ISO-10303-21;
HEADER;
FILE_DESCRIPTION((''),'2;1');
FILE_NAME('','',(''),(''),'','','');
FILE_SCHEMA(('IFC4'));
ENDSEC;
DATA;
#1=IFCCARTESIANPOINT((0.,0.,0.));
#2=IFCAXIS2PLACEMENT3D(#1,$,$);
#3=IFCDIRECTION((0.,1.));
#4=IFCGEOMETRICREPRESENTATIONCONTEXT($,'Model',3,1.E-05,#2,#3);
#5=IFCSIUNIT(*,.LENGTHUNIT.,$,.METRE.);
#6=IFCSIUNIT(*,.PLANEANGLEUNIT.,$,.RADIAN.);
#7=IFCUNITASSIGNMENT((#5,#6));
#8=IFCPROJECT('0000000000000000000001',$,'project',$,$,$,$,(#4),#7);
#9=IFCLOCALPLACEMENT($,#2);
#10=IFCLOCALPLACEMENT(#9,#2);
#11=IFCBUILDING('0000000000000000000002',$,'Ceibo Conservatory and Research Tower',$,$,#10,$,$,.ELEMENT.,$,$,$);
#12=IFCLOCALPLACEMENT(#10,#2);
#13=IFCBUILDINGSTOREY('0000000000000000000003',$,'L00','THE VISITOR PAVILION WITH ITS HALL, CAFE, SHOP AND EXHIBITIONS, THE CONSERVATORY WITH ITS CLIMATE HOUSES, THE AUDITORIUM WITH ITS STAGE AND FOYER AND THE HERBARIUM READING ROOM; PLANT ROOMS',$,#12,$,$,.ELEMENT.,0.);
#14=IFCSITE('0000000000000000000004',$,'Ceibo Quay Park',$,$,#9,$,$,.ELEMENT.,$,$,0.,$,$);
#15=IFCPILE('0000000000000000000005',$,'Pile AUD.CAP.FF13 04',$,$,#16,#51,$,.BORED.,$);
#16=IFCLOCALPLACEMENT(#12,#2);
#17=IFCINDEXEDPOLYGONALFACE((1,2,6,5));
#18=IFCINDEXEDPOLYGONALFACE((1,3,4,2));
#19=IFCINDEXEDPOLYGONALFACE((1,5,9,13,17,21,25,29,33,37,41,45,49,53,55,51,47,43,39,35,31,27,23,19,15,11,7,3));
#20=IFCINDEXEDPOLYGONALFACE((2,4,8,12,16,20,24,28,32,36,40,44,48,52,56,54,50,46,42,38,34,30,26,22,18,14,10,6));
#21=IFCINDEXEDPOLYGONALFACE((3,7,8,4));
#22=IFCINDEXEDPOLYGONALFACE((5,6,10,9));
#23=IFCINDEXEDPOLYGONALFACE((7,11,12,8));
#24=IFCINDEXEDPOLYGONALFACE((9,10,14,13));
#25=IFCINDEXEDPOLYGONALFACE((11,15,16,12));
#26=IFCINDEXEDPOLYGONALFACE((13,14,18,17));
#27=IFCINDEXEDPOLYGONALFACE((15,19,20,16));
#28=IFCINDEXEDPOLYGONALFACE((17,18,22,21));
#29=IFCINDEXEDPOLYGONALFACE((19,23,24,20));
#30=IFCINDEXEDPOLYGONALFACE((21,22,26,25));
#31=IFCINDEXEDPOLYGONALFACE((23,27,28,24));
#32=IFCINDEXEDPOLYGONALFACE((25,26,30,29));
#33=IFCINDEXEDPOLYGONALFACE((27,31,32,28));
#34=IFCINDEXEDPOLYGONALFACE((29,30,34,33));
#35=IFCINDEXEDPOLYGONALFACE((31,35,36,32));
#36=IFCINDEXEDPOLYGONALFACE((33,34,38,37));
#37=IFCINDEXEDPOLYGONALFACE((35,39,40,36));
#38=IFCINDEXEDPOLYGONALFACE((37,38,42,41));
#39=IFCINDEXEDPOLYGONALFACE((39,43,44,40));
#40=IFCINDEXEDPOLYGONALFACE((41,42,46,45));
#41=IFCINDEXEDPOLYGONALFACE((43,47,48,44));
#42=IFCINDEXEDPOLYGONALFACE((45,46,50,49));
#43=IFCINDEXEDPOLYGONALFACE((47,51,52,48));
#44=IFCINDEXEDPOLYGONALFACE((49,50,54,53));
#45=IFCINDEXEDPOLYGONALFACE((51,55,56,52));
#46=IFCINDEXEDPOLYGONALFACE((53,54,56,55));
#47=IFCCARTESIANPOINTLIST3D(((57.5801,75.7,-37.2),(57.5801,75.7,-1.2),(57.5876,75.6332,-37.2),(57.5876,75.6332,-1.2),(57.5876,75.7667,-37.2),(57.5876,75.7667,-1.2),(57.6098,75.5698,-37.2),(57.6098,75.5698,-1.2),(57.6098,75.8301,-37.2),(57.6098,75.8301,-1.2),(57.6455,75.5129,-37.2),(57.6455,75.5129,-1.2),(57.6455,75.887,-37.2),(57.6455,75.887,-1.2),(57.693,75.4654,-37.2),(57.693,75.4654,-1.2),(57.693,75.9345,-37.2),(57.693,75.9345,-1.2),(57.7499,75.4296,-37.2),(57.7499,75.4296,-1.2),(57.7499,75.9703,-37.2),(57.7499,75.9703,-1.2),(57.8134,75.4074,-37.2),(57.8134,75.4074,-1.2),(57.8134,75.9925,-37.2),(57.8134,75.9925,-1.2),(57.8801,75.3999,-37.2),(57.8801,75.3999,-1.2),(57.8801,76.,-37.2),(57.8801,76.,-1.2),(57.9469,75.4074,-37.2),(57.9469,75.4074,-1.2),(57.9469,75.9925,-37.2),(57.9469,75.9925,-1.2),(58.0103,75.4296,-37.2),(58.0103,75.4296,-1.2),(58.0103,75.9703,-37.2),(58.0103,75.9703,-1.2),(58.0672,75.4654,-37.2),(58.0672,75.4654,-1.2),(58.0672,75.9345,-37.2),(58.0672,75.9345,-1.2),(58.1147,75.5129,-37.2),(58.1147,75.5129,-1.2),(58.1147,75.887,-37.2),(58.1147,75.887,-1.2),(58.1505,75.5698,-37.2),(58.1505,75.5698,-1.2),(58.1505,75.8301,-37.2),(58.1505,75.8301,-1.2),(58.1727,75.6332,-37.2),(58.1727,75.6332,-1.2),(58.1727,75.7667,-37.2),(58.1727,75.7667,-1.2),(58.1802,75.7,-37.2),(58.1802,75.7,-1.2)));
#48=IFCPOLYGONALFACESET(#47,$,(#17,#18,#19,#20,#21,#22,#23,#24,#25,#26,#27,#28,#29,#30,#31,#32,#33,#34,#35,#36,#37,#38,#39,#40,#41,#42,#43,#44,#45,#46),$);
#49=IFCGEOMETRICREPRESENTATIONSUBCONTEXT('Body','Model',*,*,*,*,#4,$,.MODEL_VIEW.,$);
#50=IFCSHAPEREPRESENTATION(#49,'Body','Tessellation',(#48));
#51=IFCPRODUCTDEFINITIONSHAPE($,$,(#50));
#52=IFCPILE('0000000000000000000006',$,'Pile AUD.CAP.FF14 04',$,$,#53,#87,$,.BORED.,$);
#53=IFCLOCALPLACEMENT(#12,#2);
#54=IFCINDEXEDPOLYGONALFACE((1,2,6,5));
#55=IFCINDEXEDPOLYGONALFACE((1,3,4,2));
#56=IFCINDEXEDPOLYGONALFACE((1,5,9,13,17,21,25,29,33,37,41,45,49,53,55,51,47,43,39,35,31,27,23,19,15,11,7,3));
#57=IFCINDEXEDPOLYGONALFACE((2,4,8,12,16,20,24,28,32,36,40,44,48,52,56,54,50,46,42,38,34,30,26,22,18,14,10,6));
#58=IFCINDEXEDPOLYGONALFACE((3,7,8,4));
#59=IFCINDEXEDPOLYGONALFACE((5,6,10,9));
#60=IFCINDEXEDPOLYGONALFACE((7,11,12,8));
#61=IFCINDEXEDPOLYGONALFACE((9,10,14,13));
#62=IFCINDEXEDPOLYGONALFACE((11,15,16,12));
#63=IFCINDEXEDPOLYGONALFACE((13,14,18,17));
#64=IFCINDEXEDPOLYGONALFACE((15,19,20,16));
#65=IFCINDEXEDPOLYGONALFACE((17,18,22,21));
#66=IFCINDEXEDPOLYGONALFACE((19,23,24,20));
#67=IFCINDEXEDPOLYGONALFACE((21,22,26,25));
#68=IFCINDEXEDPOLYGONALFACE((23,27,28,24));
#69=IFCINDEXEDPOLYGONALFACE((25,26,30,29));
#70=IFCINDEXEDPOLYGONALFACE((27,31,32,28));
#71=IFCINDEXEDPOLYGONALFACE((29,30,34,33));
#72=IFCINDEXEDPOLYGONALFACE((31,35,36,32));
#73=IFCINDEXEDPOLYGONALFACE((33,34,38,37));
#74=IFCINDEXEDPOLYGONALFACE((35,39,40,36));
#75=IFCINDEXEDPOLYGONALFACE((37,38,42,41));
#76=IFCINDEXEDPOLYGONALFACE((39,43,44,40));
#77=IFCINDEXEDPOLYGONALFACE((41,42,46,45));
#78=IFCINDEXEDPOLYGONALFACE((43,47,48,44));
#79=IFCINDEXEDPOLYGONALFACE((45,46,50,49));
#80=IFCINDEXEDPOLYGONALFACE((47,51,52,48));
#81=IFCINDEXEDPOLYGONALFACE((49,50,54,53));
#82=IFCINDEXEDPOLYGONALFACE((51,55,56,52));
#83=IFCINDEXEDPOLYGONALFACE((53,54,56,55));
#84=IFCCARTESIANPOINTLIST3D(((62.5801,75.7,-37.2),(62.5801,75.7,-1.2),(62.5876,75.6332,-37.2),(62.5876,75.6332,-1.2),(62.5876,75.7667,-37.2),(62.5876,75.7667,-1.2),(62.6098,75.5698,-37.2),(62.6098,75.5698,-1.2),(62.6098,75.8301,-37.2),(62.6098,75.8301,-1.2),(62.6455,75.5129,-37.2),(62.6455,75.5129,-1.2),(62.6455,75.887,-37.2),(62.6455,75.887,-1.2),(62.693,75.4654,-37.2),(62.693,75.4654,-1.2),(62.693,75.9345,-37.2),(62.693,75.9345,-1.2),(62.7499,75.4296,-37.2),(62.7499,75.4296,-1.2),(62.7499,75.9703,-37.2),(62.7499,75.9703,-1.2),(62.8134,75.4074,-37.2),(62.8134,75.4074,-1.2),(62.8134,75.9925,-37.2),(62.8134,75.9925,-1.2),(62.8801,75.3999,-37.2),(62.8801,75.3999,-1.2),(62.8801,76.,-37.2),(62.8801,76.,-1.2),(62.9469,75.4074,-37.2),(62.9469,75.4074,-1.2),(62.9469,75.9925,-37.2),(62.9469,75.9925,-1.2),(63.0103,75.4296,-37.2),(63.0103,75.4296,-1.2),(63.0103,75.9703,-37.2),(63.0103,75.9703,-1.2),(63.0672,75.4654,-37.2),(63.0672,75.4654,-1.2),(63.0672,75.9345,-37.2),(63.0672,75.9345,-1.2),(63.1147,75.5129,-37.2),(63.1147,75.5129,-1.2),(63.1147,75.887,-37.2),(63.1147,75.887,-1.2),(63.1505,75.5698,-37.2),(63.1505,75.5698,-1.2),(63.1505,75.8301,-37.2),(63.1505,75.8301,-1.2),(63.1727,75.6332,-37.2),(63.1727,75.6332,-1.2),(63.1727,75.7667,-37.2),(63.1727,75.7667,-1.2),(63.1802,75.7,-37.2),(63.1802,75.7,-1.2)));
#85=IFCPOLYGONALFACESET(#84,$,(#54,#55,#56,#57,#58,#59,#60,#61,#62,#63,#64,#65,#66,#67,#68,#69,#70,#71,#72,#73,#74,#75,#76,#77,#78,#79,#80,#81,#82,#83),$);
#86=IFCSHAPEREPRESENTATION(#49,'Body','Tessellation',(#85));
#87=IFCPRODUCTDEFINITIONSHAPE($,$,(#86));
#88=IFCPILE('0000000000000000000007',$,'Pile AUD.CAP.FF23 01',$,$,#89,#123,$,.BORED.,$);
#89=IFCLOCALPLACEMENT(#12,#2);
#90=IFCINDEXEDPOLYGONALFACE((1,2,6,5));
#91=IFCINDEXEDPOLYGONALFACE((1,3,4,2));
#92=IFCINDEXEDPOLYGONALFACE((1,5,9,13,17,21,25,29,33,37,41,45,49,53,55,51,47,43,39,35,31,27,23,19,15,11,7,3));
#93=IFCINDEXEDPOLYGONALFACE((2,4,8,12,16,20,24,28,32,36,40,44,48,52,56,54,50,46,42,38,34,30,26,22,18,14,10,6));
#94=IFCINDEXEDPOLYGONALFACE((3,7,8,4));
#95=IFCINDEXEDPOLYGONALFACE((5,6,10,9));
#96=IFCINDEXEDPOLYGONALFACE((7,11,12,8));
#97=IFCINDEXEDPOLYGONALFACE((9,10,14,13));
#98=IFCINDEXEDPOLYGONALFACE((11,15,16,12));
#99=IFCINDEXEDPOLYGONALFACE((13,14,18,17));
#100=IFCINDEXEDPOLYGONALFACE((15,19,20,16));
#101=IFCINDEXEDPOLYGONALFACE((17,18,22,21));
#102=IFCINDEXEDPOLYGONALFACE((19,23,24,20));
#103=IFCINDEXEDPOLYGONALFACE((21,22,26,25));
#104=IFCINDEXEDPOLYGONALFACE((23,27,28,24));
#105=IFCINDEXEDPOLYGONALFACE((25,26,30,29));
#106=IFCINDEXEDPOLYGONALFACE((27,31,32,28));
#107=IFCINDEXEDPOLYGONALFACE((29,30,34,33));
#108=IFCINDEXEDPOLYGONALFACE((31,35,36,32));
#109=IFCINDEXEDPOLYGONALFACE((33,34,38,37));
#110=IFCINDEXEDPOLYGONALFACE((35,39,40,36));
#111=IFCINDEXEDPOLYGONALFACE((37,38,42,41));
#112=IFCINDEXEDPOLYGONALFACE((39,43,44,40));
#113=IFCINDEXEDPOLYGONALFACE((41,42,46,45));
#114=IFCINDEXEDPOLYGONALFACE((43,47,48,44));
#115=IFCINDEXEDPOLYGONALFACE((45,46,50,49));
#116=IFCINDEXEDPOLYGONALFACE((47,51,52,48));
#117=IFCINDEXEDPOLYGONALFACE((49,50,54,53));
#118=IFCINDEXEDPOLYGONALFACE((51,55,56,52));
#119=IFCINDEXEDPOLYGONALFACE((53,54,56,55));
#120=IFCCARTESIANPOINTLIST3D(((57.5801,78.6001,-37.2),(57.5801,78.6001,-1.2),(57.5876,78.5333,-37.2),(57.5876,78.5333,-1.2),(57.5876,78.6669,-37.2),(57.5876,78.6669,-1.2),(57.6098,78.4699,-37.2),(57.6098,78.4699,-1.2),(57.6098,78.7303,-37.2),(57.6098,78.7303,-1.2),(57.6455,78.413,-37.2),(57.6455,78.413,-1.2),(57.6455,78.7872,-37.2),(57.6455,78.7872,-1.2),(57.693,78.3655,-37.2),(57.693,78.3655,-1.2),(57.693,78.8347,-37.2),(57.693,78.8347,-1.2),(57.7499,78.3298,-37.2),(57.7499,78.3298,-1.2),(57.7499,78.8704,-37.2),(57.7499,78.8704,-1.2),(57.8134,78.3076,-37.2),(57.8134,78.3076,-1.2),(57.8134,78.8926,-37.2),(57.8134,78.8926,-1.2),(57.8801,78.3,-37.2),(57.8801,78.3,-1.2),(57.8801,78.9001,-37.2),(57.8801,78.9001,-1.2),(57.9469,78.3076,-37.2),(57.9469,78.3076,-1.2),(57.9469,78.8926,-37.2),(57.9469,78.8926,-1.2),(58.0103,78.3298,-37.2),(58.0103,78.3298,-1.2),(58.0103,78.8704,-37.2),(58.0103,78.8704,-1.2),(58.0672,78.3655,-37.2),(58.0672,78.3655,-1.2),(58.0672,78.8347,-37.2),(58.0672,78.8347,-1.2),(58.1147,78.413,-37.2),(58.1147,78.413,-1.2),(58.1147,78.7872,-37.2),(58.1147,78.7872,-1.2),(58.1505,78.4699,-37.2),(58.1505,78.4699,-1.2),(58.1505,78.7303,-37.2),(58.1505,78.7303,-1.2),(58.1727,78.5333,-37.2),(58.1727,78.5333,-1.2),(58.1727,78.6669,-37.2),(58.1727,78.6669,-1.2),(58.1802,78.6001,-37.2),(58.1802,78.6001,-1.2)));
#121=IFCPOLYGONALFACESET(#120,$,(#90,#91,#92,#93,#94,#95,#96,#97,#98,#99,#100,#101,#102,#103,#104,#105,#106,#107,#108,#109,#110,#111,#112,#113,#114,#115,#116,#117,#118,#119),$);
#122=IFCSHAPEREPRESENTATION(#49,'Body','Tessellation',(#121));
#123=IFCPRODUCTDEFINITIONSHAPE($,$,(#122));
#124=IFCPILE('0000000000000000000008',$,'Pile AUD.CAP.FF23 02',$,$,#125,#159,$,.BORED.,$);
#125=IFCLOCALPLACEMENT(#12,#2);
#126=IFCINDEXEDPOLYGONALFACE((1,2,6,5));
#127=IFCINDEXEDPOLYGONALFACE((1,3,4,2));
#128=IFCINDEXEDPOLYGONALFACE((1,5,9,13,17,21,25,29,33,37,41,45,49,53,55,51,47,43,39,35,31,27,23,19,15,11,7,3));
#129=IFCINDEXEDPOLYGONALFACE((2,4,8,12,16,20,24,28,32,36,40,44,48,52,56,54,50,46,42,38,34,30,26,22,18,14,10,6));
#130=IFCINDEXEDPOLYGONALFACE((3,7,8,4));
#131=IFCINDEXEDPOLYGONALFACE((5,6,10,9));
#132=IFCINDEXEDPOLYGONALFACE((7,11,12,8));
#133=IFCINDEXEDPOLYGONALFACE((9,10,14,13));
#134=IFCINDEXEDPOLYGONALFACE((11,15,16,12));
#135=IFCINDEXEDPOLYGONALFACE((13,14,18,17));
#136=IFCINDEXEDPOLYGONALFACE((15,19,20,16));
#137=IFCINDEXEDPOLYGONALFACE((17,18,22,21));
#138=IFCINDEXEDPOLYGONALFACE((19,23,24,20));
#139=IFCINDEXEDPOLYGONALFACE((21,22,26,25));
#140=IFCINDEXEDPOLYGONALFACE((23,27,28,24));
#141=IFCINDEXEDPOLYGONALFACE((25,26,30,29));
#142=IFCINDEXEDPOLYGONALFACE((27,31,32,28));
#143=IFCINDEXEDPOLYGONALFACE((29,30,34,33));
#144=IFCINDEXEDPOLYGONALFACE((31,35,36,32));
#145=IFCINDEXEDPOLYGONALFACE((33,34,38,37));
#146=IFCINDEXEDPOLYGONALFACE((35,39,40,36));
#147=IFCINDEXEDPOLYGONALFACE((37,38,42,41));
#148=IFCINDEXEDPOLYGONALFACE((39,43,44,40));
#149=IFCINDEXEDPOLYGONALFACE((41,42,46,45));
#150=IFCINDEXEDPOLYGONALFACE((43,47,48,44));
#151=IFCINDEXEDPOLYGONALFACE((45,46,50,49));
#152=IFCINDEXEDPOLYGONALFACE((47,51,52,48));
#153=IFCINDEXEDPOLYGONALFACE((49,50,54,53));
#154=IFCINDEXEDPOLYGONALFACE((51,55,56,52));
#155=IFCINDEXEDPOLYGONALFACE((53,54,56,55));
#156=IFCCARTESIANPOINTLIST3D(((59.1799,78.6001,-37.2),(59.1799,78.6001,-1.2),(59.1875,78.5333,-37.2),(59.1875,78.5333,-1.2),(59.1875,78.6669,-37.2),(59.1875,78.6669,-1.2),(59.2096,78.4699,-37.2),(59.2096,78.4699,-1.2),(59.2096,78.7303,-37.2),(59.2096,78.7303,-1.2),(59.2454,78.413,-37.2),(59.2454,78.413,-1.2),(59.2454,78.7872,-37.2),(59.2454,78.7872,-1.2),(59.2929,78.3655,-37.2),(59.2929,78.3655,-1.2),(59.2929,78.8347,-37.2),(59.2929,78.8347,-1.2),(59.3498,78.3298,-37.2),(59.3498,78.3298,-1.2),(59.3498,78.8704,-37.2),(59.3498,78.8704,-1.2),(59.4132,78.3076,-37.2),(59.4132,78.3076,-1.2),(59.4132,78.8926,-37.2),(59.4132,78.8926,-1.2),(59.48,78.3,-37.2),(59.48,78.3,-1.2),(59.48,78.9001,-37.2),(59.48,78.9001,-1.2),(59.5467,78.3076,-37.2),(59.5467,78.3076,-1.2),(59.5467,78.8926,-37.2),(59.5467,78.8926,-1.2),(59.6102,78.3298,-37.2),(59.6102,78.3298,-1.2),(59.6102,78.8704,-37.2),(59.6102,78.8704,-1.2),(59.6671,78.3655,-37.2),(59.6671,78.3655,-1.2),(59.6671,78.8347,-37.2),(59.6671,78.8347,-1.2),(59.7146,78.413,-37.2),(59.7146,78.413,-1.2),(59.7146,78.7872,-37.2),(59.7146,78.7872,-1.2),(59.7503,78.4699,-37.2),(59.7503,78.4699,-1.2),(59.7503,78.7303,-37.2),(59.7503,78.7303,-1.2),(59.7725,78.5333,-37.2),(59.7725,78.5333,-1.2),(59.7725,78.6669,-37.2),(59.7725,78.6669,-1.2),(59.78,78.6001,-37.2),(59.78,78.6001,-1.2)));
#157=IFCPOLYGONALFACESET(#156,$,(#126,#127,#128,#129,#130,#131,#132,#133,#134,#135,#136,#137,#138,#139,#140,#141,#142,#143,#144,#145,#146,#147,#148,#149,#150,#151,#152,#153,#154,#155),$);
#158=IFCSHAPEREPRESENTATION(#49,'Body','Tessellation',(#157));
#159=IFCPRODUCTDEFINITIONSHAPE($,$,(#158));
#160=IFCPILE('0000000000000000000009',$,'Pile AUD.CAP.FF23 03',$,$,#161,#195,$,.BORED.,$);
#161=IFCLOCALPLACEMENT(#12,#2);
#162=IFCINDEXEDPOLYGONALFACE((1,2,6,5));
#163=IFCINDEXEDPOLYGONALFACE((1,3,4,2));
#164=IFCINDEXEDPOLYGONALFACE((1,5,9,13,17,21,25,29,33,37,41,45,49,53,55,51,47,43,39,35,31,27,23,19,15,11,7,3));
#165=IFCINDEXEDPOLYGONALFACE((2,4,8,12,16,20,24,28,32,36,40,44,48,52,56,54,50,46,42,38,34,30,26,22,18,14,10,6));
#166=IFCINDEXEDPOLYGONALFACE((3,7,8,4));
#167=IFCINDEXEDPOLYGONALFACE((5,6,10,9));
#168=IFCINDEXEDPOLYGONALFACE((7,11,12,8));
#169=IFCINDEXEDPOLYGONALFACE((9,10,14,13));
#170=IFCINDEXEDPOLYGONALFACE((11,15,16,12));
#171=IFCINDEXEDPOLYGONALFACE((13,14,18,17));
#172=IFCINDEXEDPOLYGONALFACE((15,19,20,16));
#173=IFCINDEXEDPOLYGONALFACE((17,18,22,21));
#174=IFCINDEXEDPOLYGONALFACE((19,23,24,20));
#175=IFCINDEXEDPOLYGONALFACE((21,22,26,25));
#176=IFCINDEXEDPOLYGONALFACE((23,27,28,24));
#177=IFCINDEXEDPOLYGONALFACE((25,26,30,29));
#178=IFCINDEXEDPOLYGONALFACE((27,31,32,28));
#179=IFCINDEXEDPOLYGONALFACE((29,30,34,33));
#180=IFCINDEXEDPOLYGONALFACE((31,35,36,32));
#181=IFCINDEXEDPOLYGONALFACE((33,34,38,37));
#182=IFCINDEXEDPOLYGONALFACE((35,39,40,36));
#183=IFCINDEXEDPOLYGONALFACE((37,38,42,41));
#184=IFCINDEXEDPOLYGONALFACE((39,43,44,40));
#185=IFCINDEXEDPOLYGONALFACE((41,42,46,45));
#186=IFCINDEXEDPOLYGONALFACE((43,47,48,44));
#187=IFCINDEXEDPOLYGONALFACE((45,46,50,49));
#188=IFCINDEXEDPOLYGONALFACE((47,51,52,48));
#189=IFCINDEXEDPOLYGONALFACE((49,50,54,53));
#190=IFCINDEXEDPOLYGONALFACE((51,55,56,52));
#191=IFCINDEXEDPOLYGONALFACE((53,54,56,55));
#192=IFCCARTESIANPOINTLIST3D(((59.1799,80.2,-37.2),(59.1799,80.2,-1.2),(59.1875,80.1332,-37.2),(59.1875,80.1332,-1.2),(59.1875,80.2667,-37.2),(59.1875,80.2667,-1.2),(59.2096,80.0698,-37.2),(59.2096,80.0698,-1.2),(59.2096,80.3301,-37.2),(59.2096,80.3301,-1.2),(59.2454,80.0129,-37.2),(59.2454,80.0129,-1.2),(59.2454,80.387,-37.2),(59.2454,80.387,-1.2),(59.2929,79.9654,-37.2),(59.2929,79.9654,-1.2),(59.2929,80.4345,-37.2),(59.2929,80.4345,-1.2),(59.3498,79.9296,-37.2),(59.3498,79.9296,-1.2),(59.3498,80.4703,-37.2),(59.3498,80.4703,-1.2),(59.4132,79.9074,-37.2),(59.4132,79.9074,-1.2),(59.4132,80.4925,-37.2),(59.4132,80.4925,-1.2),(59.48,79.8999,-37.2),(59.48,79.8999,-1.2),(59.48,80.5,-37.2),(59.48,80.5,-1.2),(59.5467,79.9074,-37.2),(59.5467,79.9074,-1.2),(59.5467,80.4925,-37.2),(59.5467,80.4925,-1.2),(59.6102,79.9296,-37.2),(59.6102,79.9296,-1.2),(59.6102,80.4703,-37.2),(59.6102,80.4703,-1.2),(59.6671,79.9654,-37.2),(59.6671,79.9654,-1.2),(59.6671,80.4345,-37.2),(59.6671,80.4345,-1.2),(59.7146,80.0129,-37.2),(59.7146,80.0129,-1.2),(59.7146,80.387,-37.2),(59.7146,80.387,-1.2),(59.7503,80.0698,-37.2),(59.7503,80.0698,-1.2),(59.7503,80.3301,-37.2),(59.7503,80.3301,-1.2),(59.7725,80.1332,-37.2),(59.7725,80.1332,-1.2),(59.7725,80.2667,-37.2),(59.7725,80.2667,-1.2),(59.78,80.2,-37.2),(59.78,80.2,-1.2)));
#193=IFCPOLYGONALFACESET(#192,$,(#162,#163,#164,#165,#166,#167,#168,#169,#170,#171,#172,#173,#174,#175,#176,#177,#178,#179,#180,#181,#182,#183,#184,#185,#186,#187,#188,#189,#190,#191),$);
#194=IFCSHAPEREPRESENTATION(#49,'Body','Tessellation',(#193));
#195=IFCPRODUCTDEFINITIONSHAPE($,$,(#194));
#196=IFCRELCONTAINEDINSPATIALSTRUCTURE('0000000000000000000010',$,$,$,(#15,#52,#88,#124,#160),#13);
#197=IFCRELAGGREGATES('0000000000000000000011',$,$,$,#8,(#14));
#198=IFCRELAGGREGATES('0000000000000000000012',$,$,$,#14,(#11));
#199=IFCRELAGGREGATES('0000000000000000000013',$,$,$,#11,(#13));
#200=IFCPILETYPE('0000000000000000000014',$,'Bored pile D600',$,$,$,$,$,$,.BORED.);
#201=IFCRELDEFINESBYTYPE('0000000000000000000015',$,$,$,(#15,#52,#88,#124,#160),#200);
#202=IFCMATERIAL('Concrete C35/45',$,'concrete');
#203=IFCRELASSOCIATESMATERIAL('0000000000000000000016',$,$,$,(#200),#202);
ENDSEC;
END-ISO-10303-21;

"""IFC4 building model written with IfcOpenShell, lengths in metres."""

from ifc_helpers import new_model, si_unit, direction, frame, origin, origin_2d, place, context, subcontext, project, spatial, circle, extrude, material, material_profile, profile_set, type_object, element, save


model = new_model("IFC4")

# Units and contexts
model_context = context("Model", 3, precision=1e-05, world=origin(), true_north=direction((0.0, 1.0)))
body_context = subcontext(model_context, "Body", "Model", "MODEL_VIEW")
ifc_project = project(units=[si_unit("LENGTHUNIT", "METRE"), si_unit("PLANEANGLEUNIT", "RADIAN")], contexts=[model_context])

# Site, building, storey
site_placement = place(None, origin())
site = spatial("IfcSite", under=ifc_project, at=site_placement, Name="Ceibo Quay Park", CompositionType="ELEMENT", RefElevation=0.0)
building_placement = place(site_placement, origin())
building = spatial("IfcBuilding", under=site, at=building_placement, Name="Ceibo Conservatory and Research Tower", CompositionType="ELEMENT")
storey_placement = place(building_placement, origin())
storey = spatial("IfcBuildingStorey", under=building, at=storey_placement, Name="L00", Description="THE VISITOR PAVILION WITH ITS HALL, CAFE, SHOP AND EXHIBITIONS, THE CONSERVATORY WITH ITS CLIMATE HOUSES, THE AUDITORIUM WITH ITS STAGE AND FOYER AND THE HERBARIUM READING ROOM; PLANT ROOMS", CompositionType="ELEMENT", Elevation=0.0)

# Piles
ifc_material_1 = material(Name="Concrete C35/45", Category="concrete")
ifc_material_profile_1 = material_profile(ifc_material_1, circle(Radius=0.3, at=origin_2d()), Name="RC D600")
ifc_profile_set_1 = profile_set([ifc_material_profile_1], Name="Concrete C35/45")
pile_type = type_object("IfcPileType", Name="Bored pile D600", PredefinedType="BORED", material=ifc_profile_set_1)
for number, where, z_axis, x_axis, name in (
    (1, (57.8801, 75.7, -1.2), (0.0, 0.0, -1.0), (1.0, 0.0, 0.0), "Pile AUD.CAP.FF13 04"),
    (2, (62.8801, 75.7, -1.2), (0.0, 0.0, -1.0), (1.0, 0.0, 0.0), "Pile AUD.CAP.FF14 04"),
    (3, (57.8801, 78.6001, -1.2), (0.0, 0.0, -1.0), (1.0, 0.0, 0.0), "Pile AUD.CAP.FF23 01"),
    (4, (59.48, 78.6001, -1.2), (0.0, 0.0, -1.0), (1.0, 0.0, 0.0), "Pile AUD.CAP.FF23 02"),
    (5, (59.48, 80.2, -1.2), (0.0, 0.0, -1.0), (1.0, 0.0, 0.0), "Pile AUD.CAP.FF23 03"),
):
    element("IfcPile", number, at=place(storey_placement, frame(where, z_axis=z_axis, x_axis=x_axis)), inside=storey, type_object=pile_type, Name=name, PredefinedType="BORED", context=body_context, shape_type="SweptSolid", body=[
        extrude(circle(Radius=0.3, at=origin_2d()), origin(), (0.0, 0.0, 1.0), 36.0),
    ])

save(model, "model.ifc")
